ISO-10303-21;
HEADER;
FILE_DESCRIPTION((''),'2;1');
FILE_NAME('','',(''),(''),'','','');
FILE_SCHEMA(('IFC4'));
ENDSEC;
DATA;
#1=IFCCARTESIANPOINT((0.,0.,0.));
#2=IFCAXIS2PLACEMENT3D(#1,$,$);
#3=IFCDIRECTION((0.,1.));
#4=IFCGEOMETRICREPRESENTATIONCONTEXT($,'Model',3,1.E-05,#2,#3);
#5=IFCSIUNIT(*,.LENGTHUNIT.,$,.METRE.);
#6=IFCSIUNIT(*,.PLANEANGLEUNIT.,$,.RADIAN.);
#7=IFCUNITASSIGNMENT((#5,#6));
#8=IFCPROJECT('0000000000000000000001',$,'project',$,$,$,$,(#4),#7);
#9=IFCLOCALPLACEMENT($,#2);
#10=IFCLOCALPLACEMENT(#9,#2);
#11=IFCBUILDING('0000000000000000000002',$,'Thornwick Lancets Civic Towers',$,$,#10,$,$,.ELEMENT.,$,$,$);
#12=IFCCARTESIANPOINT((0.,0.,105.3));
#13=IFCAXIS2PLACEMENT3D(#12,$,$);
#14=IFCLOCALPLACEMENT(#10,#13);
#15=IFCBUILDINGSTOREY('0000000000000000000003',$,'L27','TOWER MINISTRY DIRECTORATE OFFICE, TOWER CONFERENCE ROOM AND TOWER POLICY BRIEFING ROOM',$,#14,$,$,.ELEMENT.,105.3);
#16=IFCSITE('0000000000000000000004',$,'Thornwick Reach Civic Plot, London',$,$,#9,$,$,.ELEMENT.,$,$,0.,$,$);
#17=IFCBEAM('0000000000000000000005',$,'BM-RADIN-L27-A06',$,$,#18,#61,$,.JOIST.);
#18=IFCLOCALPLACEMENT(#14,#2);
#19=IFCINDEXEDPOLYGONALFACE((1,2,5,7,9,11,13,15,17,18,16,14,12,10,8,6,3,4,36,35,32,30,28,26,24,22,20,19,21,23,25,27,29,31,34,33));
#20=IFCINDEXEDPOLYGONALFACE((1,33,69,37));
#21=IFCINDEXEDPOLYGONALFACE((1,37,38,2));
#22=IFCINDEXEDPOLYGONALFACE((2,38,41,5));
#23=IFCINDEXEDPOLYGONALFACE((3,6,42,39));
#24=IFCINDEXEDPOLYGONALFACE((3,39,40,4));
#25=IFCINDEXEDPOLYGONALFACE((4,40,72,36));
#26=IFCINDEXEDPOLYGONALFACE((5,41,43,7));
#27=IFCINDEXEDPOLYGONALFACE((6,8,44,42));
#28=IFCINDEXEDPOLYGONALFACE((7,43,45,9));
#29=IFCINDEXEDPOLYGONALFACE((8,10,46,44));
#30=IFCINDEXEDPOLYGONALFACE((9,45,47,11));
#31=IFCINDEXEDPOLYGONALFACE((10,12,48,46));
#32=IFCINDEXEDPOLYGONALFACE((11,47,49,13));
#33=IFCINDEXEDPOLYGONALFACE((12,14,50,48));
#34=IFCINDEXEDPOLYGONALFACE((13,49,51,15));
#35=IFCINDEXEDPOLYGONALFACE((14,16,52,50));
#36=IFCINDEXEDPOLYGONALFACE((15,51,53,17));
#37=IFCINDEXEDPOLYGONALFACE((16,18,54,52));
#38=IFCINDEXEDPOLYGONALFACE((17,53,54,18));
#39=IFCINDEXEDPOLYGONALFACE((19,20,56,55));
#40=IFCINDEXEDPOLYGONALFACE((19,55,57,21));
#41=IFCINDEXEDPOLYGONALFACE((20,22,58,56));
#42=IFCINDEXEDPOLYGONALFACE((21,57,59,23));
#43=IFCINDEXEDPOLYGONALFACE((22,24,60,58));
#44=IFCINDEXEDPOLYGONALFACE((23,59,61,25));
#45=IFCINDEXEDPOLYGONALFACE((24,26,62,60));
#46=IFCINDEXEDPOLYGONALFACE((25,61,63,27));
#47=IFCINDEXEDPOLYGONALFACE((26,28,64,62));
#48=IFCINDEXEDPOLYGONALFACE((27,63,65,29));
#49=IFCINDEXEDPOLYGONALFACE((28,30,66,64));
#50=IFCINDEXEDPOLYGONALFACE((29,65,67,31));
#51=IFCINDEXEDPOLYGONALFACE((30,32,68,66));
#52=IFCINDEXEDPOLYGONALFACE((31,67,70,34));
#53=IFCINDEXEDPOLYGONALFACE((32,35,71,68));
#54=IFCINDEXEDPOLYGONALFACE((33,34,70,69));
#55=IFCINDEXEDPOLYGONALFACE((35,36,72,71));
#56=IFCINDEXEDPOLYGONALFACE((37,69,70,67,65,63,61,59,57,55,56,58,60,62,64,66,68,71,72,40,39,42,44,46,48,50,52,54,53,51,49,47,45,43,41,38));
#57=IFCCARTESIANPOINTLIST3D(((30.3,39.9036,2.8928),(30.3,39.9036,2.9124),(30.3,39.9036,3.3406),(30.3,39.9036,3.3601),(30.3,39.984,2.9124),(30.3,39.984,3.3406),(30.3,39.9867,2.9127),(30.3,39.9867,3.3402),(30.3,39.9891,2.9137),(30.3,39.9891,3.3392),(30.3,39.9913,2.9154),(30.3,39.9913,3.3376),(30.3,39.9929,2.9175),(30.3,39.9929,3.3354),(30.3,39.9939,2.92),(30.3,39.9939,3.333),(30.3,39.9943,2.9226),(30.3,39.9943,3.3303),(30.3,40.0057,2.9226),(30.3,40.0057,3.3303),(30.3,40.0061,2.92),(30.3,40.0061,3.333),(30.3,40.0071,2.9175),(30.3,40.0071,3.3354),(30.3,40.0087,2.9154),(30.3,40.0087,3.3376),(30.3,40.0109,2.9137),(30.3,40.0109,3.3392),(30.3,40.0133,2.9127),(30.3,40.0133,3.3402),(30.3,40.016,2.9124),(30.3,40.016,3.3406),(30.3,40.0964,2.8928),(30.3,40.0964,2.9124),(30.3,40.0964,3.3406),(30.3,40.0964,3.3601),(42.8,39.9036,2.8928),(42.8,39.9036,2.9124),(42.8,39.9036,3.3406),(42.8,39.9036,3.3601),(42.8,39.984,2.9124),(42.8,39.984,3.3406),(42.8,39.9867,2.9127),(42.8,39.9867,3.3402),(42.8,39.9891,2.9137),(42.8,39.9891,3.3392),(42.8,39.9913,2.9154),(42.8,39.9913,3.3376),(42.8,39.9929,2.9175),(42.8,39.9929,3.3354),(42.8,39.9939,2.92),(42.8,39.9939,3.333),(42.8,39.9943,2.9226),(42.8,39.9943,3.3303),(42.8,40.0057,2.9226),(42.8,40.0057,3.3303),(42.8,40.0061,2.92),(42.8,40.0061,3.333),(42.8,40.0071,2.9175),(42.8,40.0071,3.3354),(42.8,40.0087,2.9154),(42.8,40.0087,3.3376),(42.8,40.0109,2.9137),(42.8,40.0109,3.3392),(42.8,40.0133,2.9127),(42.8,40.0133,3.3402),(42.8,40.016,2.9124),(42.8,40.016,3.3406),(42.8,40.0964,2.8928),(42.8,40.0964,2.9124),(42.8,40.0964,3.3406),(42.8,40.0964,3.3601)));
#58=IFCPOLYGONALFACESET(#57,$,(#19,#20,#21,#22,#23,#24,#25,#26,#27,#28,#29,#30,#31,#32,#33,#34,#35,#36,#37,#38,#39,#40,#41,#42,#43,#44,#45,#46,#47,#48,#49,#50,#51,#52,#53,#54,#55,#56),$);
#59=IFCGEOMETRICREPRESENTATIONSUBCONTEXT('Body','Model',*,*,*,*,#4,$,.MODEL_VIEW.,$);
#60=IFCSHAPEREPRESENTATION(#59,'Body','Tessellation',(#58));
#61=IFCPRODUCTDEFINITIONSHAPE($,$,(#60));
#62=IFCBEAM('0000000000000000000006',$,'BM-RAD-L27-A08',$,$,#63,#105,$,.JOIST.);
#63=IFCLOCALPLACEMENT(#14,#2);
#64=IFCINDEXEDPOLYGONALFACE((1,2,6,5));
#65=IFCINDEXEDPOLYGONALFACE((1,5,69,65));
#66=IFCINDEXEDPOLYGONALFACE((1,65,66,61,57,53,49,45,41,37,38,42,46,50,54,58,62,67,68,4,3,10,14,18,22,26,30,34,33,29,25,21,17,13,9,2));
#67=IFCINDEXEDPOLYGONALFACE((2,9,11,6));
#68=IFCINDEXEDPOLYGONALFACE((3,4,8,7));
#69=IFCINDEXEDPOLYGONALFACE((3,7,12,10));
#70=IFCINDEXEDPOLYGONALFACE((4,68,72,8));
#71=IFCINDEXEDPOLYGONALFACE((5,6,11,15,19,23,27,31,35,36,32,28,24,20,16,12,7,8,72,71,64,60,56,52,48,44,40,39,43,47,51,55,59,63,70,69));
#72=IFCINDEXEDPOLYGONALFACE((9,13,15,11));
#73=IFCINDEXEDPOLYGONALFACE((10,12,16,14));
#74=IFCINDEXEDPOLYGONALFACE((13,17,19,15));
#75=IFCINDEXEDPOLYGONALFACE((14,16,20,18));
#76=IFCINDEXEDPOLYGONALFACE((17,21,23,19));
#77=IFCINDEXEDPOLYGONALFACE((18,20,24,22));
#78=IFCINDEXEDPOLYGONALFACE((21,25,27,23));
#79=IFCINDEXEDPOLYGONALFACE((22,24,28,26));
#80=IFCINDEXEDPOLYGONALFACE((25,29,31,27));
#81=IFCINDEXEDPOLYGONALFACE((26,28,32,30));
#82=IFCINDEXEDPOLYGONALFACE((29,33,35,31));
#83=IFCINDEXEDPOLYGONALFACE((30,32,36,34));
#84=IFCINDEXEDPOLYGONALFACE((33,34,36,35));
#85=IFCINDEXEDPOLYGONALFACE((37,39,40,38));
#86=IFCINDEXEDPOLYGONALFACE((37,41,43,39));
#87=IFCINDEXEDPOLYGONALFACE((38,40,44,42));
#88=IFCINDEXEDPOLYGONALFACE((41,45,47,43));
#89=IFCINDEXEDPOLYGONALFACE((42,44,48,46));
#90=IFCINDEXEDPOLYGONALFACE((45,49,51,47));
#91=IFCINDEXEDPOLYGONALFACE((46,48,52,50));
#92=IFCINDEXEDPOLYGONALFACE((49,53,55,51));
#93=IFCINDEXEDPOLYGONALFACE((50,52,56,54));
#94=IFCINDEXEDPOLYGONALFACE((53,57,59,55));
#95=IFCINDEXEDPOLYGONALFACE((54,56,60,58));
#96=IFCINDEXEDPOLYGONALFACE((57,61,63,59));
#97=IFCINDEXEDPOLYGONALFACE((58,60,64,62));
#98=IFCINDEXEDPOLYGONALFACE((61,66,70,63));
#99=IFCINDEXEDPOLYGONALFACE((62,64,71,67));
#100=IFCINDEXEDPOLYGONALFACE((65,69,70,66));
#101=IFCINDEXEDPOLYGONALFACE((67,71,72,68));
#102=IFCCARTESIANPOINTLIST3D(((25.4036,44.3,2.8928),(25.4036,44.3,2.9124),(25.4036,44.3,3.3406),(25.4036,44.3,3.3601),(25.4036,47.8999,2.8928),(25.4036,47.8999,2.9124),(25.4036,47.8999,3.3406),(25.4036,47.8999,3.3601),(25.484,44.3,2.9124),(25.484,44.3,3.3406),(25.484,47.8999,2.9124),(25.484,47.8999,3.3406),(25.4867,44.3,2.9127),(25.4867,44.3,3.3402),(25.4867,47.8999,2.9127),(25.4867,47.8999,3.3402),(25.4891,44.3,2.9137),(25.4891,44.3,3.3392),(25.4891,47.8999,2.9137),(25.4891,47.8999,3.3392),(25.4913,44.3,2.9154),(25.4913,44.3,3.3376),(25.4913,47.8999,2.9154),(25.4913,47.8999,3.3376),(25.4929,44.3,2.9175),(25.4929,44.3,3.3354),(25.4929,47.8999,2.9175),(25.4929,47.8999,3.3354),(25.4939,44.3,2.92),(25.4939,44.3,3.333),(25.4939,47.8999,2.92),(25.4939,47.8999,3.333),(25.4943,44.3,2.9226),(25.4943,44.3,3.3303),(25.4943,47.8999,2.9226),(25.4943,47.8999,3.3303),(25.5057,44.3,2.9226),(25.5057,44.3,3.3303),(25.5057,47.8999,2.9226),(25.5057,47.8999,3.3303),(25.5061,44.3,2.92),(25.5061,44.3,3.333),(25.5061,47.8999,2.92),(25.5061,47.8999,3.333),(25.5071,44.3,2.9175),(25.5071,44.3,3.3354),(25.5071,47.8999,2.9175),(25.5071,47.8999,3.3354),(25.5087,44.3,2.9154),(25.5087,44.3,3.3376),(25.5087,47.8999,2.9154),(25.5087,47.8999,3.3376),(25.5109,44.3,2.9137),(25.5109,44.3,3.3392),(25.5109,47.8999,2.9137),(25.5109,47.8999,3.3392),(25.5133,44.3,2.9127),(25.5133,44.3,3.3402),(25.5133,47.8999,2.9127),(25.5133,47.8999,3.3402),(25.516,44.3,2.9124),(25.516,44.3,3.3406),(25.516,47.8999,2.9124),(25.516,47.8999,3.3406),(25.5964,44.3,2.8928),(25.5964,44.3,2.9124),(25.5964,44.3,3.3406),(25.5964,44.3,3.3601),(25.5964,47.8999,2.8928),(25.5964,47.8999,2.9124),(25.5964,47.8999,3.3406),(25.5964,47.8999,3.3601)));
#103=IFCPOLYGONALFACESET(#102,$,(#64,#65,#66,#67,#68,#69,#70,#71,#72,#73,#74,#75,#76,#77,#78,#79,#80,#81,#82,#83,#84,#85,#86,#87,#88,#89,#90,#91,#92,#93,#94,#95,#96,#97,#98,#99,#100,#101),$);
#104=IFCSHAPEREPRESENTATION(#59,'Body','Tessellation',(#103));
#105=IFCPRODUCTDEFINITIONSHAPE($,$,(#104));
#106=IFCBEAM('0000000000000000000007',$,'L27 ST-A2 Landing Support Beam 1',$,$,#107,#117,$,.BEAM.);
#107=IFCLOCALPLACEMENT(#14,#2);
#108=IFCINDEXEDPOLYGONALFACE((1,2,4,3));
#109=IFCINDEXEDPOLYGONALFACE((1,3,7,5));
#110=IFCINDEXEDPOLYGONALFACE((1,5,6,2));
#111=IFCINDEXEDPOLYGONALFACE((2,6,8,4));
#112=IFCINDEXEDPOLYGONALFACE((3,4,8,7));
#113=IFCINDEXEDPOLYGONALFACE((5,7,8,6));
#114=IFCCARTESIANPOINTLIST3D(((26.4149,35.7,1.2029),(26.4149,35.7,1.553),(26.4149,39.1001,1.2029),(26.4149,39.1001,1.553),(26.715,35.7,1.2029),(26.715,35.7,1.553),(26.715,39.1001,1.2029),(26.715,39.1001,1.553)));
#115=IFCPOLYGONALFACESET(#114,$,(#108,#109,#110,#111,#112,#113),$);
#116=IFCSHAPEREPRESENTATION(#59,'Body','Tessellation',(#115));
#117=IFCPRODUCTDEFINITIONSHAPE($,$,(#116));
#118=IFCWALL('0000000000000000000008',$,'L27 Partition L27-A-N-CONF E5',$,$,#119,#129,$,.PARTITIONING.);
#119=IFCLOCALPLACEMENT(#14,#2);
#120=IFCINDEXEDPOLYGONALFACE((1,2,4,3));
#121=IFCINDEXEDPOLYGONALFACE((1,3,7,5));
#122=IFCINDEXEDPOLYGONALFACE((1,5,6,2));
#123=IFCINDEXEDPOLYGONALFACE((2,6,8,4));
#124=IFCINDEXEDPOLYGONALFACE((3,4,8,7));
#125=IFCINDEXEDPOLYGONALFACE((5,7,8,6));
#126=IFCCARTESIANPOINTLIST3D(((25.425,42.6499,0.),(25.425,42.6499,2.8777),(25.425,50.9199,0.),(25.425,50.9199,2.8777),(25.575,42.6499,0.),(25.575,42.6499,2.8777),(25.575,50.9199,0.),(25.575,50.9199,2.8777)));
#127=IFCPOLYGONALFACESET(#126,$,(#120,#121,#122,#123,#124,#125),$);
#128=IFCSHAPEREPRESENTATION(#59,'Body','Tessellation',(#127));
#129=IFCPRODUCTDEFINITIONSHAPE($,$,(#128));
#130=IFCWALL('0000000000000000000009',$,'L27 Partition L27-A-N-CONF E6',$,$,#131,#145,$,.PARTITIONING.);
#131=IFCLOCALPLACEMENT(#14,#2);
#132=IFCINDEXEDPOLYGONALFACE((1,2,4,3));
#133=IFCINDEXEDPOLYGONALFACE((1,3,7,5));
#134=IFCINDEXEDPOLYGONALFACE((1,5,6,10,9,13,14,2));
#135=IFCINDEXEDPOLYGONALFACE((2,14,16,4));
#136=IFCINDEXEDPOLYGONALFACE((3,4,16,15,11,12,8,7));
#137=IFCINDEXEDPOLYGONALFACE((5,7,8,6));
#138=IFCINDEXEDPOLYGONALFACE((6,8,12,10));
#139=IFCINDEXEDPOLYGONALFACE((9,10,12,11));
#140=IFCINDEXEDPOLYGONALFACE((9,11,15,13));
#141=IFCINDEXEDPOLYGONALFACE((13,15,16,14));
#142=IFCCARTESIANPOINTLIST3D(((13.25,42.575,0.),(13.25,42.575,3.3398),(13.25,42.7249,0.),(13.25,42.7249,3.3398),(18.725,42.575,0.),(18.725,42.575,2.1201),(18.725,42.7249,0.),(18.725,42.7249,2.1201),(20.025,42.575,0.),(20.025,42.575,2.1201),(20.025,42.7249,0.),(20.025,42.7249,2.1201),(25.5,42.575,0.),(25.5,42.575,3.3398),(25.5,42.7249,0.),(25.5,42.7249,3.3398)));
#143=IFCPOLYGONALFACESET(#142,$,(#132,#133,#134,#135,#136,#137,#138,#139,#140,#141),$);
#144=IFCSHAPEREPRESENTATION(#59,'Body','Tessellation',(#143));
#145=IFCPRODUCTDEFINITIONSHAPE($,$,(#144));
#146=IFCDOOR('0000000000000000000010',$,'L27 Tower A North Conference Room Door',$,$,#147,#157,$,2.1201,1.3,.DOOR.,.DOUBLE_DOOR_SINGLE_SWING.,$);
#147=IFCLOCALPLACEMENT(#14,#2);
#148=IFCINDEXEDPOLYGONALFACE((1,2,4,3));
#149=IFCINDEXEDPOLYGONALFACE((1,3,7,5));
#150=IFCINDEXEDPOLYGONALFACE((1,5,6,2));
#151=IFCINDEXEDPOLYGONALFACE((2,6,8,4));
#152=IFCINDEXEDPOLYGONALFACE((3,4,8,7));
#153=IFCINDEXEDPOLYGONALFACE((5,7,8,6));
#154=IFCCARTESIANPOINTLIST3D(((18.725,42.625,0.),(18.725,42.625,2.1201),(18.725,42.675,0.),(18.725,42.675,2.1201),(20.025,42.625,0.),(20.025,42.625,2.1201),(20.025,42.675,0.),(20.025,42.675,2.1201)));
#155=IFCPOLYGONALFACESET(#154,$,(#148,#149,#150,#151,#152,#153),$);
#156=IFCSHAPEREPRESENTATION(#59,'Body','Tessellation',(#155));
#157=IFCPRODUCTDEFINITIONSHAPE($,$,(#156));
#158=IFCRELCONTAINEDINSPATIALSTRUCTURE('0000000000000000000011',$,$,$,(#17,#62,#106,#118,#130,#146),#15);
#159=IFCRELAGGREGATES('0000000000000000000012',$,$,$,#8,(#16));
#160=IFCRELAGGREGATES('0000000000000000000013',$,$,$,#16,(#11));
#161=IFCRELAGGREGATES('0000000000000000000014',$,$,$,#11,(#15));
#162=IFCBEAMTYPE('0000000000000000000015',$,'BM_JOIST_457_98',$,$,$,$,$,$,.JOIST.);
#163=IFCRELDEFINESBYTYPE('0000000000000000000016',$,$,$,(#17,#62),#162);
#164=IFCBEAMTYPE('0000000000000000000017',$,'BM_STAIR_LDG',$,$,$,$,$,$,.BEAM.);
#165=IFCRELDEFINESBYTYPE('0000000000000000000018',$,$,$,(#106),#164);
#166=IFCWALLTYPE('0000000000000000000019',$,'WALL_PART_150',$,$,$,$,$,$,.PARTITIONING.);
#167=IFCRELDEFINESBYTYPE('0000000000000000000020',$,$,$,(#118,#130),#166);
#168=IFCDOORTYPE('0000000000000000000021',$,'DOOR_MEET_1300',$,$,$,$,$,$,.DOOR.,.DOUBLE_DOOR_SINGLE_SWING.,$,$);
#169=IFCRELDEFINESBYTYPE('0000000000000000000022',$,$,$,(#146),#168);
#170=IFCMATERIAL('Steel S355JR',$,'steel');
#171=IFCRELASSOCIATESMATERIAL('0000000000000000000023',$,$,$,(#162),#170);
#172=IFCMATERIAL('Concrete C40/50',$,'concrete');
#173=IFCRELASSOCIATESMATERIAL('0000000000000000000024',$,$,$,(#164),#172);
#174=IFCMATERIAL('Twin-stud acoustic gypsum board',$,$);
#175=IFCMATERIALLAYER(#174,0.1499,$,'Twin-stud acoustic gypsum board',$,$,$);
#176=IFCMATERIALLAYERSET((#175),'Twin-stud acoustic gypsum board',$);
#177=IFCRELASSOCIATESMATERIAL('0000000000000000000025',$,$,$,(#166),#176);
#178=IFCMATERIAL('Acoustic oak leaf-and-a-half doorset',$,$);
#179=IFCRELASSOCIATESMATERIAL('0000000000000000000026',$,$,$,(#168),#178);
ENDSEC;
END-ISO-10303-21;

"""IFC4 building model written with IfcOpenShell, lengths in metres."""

from ifc_helpers import new_model, si_unit, direction, frame, frame_2d, origin, origin_2d, place, context, subcontext, project, spatial, rectangle, i_section, extrude, material, layer, layer_set, material_profile, profile_set, type_object, element, fill, save


model = new_model("IFC4")

# Units and contexts
model_context = context("Model", 3, precision=1e-05, world=origin(), true_north=direction((0.0, 1.0)))
body_context = subcontext(model_context, "Body", "Model", "MODEL_VIEW")
ifc_project = project(units=[si_unit("LENGTHUNIT", "METRE"), si_unit("PLANEANGLEUNIT", "RADIAN")], contexts=[model_context])

# Site, building, storey
site_placement = place(None, origin())
site = spatial("IfcSite", under=ifc_project, at=site_placement, Name="Thornwick Reach Civic Plot, London", CompositionType="ELEMENT", RefElevation=0.0)
building_placement = place(site_placement, origin())
building = spatial("IfcBuilding", under=site, at=building_placement, Name="Thornwick Lancets Civic Towers", CompositionType="ELEMENT")
storey_placement = place(building_placement, frame((0.0, 0.0, 105.3)))
storey = spatial("IfcBuildingStorey", under=building, at=storey_placement, Name="L27", Description="TOWER MINISTRY DIRECTORATE OFFICE, TOWER CONFERENCE ROOM AND TOWER POLICY BRIEFING ROOM", CompositionType="ELEMENT", Elevation=105.3)

# Beams
ifc_material_1 = material(Name="Steel S355JR", Category="steel")
ifc_material_profile_1 = material_profile(ifc_material_1, i_section(OverallWidth=0.1929, OverallDepth=0.4673, WebThickness=0.0115, FlangeThickness=0.0195, FilletRadius=0.0103, at=origin_2d()), Name="UKB 457x191x98")
ifc_profile_set_1 = profile_set([ifc_material_profile_1], Name="Steel S355JR")
beam_type_1 = type_object("IfcBeamType", Name="BM_JOIST_457_98", PredefinedType="JOIST", material=ifc_profile_set_1)
beam_1_placement = place(storey_placement, frame((30.3, 40.0, 3.1265), z_axis=(1.0, 0.0, 0.0), x_axis=(0.0, 1.0, 0.0)))
element("IfcBeam", 1, at=beam_1_placement, inside=storey, type_object=beam_type_1, Name="BM-RADIN-L27-A06", PredefinedType="JOIST", context=body_context, shape_type="SweptSolid", body=[
    extrude(i_section(OverallWidth=0.1929, OverallDepth=0.4673, WebThickness=0.0115, FlangeThickness=0.0195, FilletRadius=0.0103, at=origin_2d()), origin(), (0.0, 0.0, 1.0), 12.5),
])
beam_2_placement = place(storey_placement, frame((25.5, 44.3, 3.1265), z_axis=(0.0, 1.0, 0.0), x_axis=(-1.0, 0.0, 0.0)))
element("IfcBeam", 2, at=beam_2_placement, inside=storey, type_object=beam_type_1, Name="BM-RAD-L27-A08", PredefinedType="JOIST", context=body_context, shape_type="SweptSolid", body=[
    extrude(i_section(OverallWidth=0.1929, OverallDepth=0.4673, WebThickness=0.0115, FlangeThickness=0.0195, FilletRadius=0.0103, at=origin_2d()), origin(), (0.0, 0.0, 1.0), 3.5999),
])
ifc_material_2 = material(Name="Concrete C40/50", Category="concrete")
ifc_material_profile_2 = material_profile(ifc_material_2, rectangle(XDim=0.3, YDim=0.3501, at=origin_2d()), Name="RC 300x350")
ifc_profile_set_2 = profile_set([ifc_material_profile_2], Name="Concrete C40/50")
beam_type_2 = type_object("IfcBeamType", Name="BM_STAIR_LDG", PredefinedType="BEAM", material=ifc_profile_set_2)
beam_3_placement = place(storey_placement, frame((26.5649, 39.1001, 1.3779), z_axis=(0.0, -1.0, 0.0), x_axis=(1.0, 0.0, 0.0)))
element("IfcBeam", 3, at=beam_3_placement, inside=storey, type_object=beam_type_2, Name="L27 ST-A2 Landing Support Beam 1", PredefinedType="BEAM", context=body_context, shape_type="SweptSolid", body=[
    extrude(rectangle(XDim=0.3, YDim=0.3501, at=origin_2d()), origin(), (0.0, 0.0, 1.0), 3.4001),
])

# Wall
ifc_material_3 = material(Name="Twin-stud acoustic gypsum board")
ifc_layer = layer(ifc_material_3, 0.1499, Name="Twin-stud acoustic gypsum board")
ifc_layer_set = layer_set([ifc_layer], Name="Twin-stud acoustic gypsum board")
wall_type = type_object("IfcWallType", Name="WALL_PART_150", PredefinedType="PARTITIONING", material=ifc_layer_set)
wall_1_placement = place(storey_placement, frame((25.5, 50.9199, 0.0), z_axis=(0.0, 0.0, 1.0), x_axis=(0.0, -1.0, 0.0)))
element("IfcWall", 4, at=wall_1_placement, inside=storey, type_object=wall_type, Name="L27 Partition L27-A-N-CONF E5", PredefinedType="PARTITIONING", context=body_context, shape_type="SweptSolid", body=[
    extrude(rectangle(XDim=8.27, YDim=0.1499, at=frame_2d((4.135, 0.0))), origin(), (0.0, 0.0, 1.0), 2.8777),
])

# Wall, opening, door
wall_2_placement = place(storey_placement, frame((25.5, 42.6499, 0.0), z_axis=(0.0, 0.0, 1.0), x_axis=(-1.0, 0.0, 0.0)))
wall_2 = element("IfcWall", 5, at=wall_2_placement, inside=storey, type_object=wall_type, Name="L27 Partition L27-A-N-CONF E6", PredefinedType="PARTITIONING", context=body_context, shape_type="SweptSolid", body=[
    extrude(rectangle(XDim=12.25, YDim=0.1499, at=frame_2d((6.125, 0.0))), origin(), (0.0, 0.0, 1.0), 3.3398),
])
opening_placement = place(wall_2_placement, frame((5.4751, 0.0, 0.0)))
opening = element("IfcOpeningElement", 6, at=opening_placement, cuts=wall_2, PredefinedType="OPENING", context=body_context, shape_type="SweptSolid", body=[
    extrude(rectangle(XDim=1.3, YDim=2.1201, at=frame_2d((0.6499, 1.0601))), frame((0.0, 0.085, 0.0), z_axis=(0.0, -1.0, 0.0), x_axis=(1.0, 0.0, 0.0)), (0.0, 0.0, 1.0), 0.1699),
])
ifc_material_4 = material(Name="Acoustic oak leaf-and-a-half doorset")
door_type = type_object("IfcDoorType", Name="DOOR_MEET_1300", OperationType="DOUBLE_DOOR_SINGLE_SWING", PredefinedType="DOOR", material=ifc_material_4)
door_placement = place(opening_placement, origin())
door = element("IfcDoor", 7, at=door_placement, inside=storey, type_object=door_type, Name="L27 Tower A North Conference Room Door", OperationType="DOUBLE_DOOR_SINGLE_SWING", OverallHeight=2.1201, OverallWidth=1.3, PredefinedType="DOOR", context=body_context, shape_type="SweptSolid", body=[
    extrude(rectangle(XDim=1.3, YDim=2.1201, at=frame_2d((0.6499, 1.0601))), frame((0.0, 0.0249, 0.0), z_axis=(0.0, -1.0, 0.0), x_axis=(1.0, 0.0, 0.0)), (0.0, 0.0, 1.0), 0.05),
])
fill(opening, door)

save(model, "model.ifc")
